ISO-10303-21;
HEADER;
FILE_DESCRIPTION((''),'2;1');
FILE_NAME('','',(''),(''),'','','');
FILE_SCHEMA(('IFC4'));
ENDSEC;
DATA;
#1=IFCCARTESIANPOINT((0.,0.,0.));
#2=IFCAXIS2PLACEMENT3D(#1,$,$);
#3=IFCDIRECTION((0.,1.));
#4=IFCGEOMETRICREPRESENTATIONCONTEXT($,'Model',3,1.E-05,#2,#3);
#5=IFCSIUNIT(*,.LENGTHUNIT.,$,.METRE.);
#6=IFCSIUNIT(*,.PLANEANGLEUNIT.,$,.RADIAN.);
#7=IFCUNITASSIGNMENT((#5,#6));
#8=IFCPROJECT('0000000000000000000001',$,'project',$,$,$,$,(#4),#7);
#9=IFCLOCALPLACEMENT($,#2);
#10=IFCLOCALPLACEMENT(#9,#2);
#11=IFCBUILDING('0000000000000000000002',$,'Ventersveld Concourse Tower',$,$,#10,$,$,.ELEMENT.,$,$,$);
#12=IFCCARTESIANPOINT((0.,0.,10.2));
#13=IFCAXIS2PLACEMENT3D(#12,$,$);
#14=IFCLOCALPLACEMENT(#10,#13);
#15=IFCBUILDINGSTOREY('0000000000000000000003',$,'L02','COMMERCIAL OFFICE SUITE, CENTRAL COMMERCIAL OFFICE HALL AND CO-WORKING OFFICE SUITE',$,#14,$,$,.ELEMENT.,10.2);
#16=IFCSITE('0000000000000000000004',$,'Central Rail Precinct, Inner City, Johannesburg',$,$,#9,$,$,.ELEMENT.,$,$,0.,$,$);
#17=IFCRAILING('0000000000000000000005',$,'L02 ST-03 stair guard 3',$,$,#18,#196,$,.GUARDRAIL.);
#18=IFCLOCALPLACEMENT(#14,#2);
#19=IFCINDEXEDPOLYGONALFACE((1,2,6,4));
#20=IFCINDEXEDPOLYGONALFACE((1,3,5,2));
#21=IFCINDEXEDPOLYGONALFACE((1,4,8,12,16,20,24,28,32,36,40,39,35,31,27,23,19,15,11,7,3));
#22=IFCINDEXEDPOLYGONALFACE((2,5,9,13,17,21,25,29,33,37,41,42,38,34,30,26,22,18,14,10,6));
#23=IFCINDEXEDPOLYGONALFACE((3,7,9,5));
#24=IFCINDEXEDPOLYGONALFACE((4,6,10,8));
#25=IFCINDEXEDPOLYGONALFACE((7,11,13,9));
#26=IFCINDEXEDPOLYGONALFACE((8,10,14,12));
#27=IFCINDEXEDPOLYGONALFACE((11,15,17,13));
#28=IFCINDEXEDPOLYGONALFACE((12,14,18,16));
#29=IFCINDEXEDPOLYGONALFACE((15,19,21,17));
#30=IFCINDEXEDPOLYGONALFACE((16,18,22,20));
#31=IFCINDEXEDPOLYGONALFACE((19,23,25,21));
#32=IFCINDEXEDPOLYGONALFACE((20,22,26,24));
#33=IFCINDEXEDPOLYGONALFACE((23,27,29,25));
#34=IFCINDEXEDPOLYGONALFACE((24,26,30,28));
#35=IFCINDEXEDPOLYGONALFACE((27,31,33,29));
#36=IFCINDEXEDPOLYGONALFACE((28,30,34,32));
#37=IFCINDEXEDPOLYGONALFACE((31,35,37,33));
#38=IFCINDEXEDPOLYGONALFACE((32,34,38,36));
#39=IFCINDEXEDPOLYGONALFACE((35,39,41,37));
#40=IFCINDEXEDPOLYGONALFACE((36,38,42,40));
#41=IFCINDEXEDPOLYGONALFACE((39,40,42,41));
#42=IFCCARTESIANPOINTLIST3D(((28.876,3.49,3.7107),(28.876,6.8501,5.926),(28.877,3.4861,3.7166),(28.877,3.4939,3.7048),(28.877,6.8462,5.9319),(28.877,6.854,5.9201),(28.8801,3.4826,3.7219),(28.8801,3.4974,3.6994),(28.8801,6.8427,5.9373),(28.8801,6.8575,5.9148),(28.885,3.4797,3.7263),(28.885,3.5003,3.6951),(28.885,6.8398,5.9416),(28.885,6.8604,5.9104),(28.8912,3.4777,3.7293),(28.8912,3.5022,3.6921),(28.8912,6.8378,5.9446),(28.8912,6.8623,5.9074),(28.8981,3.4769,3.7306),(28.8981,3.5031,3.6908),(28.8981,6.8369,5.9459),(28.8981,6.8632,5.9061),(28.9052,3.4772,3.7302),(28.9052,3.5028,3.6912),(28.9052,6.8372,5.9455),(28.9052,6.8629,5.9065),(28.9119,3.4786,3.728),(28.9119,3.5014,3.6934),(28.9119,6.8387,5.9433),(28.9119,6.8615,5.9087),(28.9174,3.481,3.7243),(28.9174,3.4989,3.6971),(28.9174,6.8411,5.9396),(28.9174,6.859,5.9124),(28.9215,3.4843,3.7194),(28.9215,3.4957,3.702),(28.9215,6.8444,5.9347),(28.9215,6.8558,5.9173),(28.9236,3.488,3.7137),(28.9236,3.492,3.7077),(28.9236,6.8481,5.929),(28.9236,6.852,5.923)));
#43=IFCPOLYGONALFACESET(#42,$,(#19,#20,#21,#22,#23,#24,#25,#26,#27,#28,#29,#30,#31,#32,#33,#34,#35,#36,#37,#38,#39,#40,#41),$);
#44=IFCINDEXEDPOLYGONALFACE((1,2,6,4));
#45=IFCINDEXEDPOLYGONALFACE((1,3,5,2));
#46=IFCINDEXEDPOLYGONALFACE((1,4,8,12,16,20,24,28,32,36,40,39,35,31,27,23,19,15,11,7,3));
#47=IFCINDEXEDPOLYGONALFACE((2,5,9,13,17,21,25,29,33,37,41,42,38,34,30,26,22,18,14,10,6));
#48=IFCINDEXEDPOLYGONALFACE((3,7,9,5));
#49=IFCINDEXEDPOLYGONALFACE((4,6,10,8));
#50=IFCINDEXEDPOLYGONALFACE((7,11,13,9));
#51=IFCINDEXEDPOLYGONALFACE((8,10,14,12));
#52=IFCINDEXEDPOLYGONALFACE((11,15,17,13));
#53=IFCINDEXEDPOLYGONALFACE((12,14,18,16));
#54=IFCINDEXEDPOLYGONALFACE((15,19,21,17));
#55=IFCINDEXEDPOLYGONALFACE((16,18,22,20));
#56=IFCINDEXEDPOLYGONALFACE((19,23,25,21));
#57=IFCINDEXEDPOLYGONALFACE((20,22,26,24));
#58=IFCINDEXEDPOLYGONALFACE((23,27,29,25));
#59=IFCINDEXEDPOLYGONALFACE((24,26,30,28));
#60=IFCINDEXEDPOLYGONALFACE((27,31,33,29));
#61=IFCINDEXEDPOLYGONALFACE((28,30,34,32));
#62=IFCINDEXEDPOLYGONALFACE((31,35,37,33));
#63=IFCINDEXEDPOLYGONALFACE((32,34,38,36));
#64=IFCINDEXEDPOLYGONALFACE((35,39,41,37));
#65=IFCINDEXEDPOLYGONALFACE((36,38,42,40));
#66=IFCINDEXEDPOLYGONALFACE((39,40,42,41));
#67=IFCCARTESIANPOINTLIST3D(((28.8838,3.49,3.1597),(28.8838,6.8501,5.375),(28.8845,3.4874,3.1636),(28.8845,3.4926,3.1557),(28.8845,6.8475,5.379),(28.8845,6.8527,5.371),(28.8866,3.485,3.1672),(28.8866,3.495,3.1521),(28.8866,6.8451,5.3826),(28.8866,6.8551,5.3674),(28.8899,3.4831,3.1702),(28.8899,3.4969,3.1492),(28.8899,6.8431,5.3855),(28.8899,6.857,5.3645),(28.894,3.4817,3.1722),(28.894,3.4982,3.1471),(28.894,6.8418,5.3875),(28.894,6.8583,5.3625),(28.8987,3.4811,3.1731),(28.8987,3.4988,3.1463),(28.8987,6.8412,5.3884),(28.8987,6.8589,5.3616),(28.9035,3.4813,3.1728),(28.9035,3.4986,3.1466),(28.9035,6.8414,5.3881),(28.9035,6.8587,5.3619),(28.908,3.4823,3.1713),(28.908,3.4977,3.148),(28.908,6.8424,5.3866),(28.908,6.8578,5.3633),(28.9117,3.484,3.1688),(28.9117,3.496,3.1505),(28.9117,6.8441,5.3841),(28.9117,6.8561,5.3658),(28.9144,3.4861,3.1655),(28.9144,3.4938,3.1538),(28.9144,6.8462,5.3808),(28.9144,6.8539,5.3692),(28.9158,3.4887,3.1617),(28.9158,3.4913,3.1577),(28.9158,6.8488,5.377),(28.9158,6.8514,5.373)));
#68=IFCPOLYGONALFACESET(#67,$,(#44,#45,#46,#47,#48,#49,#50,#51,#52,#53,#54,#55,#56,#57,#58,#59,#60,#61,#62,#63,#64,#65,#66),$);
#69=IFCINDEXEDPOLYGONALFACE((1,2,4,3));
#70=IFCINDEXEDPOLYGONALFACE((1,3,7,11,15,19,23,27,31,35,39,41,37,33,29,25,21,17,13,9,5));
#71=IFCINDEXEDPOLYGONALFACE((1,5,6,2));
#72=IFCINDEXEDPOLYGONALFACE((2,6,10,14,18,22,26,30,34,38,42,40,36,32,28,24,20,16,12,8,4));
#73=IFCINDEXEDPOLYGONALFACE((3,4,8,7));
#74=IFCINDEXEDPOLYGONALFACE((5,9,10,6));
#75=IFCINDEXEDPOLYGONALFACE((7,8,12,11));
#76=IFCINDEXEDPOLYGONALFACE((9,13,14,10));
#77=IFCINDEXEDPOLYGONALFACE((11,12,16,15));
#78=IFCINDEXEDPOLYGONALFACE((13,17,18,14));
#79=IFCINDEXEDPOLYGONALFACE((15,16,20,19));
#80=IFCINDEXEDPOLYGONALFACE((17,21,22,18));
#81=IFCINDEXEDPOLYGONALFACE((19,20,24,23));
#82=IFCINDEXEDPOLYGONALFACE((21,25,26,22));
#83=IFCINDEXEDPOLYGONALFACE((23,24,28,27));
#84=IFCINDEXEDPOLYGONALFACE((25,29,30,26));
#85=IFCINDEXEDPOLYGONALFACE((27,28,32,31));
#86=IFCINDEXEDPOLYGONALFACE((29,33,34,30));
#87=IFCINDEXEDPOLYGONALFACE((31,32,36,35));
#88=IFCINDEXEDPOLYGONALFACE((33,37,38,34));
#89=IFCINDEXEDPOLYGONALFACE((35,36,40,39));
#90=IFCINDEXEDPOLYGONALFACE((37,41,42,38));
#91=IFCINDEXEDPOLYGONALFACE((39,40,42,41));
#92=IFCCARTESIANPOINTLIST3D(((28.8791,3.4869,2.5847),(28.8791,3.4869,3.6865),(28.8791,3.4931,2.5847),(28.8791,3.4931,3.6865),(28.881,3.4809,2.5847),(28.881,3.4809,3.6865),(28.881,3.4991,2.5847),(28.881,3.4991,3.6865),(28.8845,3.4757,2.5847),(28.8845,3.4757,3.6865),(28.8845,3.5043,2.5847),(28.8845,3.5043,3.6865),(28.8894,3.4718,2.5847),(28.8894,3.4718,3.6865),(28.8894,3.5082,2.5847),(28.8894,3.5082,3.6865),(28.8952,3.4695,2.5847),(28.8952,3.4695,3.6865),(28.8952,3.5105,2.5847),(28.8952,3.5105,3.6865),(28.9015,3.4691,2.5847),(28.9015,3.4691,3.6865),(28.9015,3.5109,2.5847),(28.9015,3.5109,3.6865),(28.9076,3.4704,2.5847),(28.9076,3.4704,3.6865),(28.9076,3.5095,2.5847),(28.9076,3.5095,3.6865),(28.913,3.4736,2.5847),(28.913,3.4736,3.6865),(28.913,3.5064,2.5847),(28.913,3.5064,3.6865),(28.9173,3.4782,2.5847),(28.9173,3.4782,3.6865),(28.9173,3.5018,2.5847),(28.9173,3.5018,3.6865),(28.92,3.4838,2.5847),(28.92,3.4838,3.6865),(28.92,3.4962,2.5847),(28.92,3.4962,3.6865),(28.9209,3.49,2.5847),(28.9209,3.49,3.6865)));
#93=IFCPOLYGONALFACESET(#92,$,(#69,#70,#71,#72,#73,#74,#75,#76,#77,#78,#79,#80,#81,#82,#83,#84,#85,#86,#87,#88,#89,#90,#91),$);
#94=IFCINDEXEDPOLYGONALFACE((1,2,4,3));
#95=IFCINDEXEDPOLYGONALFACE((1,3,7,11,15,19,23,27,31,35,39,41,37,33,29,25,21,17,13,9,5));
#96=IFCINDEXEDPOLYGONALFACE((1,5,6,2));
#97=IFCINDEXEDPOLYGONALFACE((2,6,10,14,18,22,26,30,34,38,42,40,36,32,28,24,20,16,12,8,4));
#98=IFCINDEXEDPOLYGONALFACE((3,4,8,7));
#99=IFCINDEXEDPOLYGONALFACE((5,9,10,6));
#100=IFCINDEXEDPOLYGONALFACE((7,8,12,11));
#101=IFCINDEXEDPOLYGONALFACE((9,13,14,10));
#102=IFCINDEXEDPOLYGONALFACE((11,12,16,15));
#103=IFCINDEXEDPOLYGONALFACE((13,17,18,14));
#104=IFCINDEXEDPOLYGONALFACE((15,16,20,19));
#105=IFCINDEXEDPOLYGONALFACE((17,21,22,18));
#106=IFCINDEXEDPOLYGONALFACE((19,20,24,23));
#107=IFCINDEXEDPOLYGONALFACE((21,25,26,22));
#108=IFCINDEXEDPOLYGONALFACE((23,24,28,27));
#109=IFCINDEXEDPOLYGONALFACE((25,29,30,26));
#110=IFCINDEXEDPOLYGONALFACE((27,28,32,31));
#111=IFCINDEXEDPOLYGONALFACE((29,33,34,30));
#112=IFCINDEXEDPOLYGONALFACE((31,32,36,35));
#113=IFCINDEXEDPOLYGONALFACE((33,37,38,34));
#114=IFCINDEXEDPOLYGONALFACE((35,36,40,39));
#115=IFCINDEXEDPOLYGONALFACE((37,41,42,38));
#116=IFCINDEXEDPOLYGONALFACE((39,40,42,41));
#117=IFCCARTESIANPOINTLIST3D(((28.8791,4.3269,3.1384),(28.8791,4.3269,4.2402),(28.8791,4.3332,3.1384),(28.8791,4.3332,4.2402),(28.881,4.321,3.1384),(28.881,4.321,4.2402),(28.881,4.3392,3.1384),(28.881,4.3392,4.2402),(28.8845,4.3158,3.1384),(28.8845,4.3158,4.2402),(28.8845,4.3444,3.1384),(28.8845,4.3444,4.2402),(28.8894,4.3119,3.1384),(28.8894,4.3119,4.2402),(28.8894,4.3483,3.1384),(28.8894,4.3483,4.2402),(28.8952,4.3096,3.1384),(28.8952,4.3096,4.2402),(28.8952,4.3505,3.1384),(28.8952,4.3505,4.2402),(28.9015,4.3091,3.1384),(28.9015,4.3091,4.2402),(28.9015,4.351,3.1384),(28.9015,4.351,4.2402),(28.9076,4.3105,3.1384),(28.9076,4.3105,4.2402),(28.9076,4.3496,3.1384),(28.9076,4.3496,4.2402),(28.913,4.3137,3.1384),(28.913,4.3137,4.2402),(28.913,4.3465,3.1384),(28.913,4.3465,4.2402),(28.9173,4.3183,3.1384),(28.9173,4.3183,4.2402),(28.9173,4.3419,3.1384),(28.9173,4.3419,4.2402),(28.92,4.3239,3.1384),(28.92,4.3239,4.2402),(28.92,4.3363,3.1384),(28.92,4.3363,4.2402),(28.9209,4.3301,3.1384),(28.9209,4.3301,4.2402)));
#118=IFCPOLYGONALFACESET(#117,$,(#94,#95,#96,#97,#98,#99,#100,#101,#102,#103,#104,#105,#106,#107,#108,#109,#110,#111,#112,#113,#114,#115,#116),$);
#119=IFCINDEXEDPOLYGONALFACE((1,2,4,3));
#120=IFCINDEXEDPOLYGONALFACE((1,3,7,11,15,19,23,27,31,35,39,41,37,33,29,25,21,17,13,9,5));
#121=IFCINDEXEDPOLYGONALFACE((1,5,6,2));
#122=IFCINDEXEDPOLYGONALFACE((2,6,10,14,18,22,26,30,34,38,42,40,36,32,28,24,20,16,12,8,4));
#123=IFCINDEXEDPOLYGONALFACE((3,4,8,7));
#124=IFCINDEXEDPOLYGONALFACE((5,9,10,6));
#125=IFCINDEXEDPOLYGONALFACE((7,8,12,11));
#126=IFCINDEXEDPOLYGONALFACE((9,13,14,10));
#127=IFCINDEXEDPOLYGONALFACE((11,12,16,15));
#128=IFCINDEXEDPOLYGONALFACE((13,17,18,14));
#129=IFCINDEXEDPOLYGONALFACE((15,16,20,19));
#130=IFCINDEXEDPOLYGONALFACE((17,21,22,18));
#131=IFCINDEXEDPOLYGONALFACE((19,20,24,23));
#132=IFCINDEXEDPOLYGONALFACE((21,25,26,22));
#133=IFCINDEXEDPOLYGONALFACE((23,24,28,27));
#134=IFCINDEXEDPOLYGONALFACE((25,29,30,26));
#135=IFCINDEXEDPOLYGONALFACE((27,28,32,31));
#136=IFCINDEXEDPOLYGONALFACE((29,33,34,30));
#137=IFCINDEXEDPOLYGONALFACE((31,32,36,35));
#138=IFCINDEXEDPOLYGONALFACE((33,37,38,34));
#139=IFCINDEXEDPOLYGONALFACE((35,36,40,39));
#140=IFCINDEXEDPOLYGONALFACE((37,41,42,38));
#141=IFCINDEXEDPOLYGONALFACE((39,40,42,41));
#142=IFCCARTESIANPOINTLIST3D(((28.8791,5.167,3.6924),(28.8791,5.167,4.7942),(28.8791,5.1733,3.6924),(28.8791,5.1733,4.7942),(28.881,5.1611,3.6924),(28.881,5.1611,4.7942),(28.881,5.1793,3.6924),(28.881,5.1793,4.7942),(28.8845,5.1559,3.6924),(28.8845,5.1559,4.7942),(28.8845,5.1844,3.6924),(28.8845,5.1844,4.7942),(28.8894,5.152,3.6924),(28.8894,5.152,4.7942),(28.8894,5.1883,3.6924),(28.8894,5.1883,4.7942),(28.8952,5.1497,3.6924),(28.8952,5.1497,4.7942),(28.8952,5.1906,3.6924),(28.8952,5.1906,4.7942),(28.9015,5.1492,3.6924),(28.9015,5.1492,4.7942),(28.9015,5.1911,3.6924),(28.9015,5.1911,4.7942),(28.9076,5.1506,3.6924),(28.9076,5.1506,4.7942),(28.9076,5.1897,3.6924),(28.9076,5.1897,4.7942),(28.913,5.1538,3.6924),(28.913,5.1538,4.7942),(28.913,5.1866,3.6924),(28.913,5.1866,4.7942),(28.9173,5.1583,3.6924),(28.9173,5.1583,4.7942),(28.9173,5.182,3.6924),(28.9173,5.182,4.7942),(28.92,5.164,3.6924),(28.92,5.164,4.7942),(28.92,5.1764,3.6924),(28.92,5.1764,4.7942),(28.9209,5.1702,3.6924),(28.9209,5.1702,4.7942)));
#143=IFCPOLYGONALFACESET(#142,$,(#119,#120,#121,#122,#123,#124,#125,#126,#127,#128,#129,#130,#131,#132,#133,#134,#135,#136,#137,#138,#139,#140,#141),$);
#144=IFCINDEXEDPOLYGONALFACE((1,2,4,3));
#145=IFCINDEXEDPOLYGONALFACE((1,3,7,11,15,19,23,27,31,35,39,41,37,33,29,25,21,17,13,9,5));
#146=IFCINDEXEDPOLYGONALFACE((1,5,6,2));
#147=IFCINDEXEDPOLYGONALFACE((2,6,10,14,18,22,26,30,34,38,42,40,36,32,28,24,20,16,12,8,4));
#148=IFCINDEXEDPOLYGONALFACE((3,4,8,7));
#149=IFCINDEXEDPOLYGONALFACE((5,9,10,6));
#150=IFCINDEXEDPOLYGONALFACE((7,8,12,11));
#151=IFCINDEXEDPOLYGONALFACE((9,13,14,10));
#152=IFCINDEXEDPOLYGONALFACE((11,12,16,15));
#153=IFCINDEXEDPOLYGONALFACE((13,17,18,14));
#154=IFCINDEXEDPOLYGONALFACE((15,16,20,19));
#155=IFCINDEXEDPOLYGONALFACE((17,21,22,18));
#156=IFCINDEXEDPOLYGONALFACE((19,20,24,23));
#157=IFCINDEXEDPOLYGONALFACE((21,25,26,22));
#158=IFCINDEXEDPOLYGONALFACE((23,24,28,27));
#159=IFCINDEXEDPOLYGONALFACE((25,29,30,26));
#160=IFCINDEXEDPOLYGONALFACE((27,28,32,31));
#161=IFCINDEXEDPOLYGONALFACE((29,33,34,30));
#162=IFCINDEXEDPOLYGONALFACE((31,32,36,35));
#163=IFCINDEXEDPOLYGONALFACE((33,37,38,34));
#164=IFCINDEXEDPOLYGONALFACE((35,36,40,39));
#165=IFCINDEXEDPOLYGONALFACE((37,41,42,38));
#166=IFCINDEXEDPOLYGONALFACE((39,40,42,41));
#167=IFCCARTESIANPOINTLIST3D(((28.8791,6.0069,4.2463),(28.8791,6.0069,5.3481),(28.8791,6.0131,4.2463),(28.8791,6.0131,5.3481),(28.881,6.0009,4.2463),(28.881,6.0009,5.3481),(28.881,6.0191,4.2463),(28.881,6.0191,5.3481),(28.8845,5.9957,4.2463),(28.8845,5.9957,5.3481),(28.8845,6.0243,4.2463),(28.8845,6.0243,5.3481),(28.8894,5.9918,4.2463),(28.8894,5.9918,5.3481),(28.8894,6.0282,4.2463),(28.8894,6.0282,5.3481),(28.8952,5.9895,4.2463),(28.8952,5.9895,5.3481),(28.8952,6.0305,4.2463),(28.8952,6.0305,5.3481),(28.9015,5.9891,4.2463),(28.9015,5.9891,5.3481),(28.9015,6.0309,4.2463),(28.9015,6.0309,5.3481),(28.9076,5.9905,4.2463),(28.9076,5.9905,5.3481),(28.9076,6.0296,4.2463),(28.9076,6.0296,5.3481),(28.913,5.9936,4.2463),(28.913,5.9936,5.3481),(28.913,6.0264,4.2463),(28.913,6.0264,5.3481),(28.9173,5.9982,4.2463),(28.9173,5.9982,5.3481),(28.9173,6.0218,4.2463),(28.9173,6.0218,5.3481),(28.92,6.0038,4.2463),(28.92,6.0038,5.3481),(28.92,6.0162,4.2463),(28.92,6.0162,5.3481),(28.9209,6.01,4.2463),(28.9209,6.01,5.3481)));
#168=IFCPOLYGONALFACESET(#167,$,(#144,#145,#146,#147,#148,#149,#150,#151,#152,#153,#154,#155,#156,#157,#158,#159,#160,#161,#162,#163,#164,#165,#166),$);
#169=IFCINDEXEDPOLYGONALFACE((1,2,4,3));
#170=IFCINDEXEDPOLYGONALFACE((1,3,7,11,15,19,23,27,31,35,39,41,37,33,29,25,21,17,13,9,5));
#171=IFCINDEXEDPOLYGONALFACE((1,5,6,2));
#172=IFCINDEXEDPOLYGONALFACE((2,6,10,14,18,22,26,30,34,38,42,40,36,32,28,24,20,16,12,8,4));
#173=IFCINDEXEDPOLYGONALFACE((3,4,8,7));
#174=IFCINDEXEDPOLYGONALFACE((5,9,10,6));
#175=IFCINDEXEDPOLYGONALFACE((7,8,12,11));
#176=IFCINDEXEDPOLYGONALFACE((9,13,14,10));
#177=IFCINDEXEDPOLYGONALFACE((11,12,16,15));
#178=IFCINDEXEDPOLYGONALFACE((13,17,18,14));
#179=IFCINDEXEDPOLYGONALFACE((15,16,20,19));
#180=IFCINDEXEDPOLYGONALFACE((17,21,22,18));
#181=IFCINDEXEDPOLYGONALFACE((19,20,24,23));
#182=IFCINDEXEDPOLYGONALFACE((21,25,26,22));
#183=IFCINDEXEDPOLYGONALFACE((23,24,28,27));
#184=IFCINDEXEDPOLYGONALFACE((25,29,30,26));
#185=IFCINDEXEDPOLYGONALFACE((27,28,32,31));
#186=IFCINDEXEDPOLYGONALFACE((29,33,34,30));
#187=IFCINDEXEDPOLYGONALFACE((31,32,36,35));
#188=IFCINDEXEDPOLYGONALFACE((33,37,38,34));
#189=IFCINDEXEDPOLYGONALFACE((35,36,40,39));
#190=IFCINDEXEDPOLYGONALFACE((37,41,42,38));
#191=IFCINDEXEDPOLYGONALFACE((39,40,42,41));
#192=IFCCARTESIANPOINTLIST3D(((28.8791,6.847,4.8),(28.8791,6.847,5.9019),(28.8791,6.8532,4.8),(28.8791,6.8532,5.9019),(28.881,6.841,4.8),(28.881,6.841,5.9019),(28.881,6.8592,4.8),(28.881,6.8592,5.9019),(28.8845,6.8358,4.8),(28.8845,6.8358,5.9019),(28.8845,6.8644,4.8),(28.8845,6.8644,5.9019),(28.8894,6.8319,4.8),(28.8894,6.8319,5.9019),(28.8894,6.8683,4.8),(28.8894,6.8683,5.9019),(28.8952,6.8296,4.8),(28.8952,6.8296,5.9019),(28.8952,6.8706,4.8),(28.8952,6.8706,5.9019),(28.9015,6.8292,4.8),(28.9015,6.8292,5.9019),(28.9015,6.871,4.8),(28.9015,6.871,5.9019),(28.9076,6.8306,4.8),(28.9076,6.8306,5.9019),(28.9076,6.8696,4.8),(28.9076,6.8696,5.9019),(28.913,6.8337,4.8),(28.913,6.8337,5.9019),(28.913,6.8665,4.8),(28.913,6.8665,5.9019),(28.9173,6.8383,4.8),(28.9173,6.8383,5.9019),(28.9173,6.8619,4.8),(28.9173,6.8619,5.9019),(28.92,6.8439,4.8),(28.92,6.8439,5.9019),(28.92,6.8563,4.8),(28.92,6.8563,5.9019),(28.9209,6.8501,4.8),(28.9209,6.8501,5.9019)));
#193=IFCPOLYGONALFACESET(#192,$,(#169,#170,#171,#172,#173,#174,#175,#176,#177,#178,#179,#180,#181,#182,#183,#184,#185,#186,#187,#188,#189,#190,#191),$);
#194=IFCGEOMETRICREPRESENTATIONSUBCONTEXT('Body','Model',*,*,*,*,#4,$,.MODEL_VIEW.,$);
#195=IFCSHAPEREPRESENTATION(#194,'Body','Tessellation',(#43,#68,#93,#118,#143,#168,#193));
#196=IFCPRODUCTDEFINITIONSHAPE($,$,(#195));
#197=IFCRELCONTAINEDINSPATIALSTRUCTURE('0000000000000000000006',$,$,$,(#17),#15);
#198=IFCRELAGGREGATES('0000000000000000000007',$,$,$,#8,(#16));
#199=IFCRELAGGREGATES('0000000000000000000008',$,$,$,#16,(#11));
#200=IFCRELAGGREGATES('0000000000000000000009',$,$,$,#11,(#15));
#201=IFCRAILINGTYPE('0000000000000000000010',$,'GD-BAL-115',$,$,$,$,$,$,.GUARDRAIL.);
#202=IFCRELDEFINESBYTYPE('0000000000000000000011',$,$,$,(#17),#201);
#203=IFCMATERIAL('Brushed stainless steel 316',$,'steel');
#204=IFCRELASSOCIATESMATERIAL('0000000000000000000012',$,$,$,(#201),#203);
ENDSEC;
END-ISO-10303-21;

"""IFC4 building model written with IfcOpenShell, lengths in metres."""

from ifc_helpers import new_model, si_unit, direction, frame, origin, origin_2d, place, context, subcontext, project, spatial, circle, extrude, material, type_object, element, save


model = new_model("IFC4")

# Units and contexts
model_context = context("Model", 3, precision=1e-05, world=origin(), true_north=direction((0.0, 1.0)))
body_context = subcontext(model_context, "Body", "Model", "MODEL_VIEW")
ifc_project = project(units=[si_unit("LENGTHUNIT", "METRE"), si_unit("PLANEANGLEUNIT", "RADIAN")], contexts=[model_context])

# Site, building, storey
site_placement = place(None, origin())
site = spatial("IfcSite", under=ifc_project, at=site_placement, Name="Central Rail Precinct, Inner City, Johannesburg", CompositionType="ELEMENT", RefElevation=0.0)
building_placement = place(site_placement, origin())
building = spatial("IfcBuilding", under=site, at=building_placement, Name="Ventersveld Concourse Tower", CompositionType="ELEMENT")
storey_placement = place(building_placement, frame((0.0, 0.0, 10.2)))
storey = spatial("IfcBuildingStorey", under=building, at=storey_placement, Name="L02", Description="COMMERCIAL OFFICE SUITE, CENTRAL COMMERCIAL OFFICE HALL AND CO-WORKING OFFICE SUITE", CompositionType="ELEMENT", Elevation=10.2)

# Railing
ifc_material_1 = material(Name="Brushed stainless steel 316", Category="steel")
railing_type_1 = type_object("IfcRailingType", Name="GD-BAL-115", PredefinedType="GUARDRAIL", material=ifc_material_1)
for number, where, name in (
    (1, (28.8999, 3.49, 2.5847), "L02 ST-03 stair guard 3"),
):
    element("IfcRailing", number, at=place(storey_placement, frame(where)), inside=storey, type_object=railing_type_1, Name=name, PredefinedType="GUARDRAIL", context=body_context, shape_type="SweptSolid", body=[
        extrude(circle(Radius=0.0239, at=origin_2d()), frame((0.0, 0.0, 1.126), z_axis=(0.0, 0.834876, 0.550437), x_axis=(-1.0, 0.0, 0.0)), (0.0, 0.0, 1.0), 4.0247),
        extrude(circle(Radius=0.0161, at=origin_2d()), frame((0.0, 0.0, 0.575), z_axis=(0.0, 0.834876, 0.550437), x_axis=(-1.0, 0.0, 0.0)), (0.0, 0.0, 1.0), 4.0247),
        extrude(circle(Radius=0.021, at=origin_2d()), origin(), (0.0, 0.0, 1.0), 1.1018),
        extrude(circle(Radius=0.021, at=origin_2d()), frame((0.0, 0.8401, 0.5537)), (0.0, 0.0, 1.0), 1.1018),
        extrude(circle(Radius=0.021, at=origin_2d()), frame((0.0, 1.6802, 1.1077)), (0.0, 0.0, 1.0), 1.1018),
        extrude(circle(Radius=0.021, at=origin_2d()), frame((0.0, 2.52, 1.6616)), (0.0, 0.0, 1.0), 1.1018),
        extrude(circle(Radius=0.021, at=origin_2d()), frame((0.0, 3.3601, 2.2153)), (0.0, 0.0, 1.0), 1.1018),
    ])

save(model, "model.ifc")
